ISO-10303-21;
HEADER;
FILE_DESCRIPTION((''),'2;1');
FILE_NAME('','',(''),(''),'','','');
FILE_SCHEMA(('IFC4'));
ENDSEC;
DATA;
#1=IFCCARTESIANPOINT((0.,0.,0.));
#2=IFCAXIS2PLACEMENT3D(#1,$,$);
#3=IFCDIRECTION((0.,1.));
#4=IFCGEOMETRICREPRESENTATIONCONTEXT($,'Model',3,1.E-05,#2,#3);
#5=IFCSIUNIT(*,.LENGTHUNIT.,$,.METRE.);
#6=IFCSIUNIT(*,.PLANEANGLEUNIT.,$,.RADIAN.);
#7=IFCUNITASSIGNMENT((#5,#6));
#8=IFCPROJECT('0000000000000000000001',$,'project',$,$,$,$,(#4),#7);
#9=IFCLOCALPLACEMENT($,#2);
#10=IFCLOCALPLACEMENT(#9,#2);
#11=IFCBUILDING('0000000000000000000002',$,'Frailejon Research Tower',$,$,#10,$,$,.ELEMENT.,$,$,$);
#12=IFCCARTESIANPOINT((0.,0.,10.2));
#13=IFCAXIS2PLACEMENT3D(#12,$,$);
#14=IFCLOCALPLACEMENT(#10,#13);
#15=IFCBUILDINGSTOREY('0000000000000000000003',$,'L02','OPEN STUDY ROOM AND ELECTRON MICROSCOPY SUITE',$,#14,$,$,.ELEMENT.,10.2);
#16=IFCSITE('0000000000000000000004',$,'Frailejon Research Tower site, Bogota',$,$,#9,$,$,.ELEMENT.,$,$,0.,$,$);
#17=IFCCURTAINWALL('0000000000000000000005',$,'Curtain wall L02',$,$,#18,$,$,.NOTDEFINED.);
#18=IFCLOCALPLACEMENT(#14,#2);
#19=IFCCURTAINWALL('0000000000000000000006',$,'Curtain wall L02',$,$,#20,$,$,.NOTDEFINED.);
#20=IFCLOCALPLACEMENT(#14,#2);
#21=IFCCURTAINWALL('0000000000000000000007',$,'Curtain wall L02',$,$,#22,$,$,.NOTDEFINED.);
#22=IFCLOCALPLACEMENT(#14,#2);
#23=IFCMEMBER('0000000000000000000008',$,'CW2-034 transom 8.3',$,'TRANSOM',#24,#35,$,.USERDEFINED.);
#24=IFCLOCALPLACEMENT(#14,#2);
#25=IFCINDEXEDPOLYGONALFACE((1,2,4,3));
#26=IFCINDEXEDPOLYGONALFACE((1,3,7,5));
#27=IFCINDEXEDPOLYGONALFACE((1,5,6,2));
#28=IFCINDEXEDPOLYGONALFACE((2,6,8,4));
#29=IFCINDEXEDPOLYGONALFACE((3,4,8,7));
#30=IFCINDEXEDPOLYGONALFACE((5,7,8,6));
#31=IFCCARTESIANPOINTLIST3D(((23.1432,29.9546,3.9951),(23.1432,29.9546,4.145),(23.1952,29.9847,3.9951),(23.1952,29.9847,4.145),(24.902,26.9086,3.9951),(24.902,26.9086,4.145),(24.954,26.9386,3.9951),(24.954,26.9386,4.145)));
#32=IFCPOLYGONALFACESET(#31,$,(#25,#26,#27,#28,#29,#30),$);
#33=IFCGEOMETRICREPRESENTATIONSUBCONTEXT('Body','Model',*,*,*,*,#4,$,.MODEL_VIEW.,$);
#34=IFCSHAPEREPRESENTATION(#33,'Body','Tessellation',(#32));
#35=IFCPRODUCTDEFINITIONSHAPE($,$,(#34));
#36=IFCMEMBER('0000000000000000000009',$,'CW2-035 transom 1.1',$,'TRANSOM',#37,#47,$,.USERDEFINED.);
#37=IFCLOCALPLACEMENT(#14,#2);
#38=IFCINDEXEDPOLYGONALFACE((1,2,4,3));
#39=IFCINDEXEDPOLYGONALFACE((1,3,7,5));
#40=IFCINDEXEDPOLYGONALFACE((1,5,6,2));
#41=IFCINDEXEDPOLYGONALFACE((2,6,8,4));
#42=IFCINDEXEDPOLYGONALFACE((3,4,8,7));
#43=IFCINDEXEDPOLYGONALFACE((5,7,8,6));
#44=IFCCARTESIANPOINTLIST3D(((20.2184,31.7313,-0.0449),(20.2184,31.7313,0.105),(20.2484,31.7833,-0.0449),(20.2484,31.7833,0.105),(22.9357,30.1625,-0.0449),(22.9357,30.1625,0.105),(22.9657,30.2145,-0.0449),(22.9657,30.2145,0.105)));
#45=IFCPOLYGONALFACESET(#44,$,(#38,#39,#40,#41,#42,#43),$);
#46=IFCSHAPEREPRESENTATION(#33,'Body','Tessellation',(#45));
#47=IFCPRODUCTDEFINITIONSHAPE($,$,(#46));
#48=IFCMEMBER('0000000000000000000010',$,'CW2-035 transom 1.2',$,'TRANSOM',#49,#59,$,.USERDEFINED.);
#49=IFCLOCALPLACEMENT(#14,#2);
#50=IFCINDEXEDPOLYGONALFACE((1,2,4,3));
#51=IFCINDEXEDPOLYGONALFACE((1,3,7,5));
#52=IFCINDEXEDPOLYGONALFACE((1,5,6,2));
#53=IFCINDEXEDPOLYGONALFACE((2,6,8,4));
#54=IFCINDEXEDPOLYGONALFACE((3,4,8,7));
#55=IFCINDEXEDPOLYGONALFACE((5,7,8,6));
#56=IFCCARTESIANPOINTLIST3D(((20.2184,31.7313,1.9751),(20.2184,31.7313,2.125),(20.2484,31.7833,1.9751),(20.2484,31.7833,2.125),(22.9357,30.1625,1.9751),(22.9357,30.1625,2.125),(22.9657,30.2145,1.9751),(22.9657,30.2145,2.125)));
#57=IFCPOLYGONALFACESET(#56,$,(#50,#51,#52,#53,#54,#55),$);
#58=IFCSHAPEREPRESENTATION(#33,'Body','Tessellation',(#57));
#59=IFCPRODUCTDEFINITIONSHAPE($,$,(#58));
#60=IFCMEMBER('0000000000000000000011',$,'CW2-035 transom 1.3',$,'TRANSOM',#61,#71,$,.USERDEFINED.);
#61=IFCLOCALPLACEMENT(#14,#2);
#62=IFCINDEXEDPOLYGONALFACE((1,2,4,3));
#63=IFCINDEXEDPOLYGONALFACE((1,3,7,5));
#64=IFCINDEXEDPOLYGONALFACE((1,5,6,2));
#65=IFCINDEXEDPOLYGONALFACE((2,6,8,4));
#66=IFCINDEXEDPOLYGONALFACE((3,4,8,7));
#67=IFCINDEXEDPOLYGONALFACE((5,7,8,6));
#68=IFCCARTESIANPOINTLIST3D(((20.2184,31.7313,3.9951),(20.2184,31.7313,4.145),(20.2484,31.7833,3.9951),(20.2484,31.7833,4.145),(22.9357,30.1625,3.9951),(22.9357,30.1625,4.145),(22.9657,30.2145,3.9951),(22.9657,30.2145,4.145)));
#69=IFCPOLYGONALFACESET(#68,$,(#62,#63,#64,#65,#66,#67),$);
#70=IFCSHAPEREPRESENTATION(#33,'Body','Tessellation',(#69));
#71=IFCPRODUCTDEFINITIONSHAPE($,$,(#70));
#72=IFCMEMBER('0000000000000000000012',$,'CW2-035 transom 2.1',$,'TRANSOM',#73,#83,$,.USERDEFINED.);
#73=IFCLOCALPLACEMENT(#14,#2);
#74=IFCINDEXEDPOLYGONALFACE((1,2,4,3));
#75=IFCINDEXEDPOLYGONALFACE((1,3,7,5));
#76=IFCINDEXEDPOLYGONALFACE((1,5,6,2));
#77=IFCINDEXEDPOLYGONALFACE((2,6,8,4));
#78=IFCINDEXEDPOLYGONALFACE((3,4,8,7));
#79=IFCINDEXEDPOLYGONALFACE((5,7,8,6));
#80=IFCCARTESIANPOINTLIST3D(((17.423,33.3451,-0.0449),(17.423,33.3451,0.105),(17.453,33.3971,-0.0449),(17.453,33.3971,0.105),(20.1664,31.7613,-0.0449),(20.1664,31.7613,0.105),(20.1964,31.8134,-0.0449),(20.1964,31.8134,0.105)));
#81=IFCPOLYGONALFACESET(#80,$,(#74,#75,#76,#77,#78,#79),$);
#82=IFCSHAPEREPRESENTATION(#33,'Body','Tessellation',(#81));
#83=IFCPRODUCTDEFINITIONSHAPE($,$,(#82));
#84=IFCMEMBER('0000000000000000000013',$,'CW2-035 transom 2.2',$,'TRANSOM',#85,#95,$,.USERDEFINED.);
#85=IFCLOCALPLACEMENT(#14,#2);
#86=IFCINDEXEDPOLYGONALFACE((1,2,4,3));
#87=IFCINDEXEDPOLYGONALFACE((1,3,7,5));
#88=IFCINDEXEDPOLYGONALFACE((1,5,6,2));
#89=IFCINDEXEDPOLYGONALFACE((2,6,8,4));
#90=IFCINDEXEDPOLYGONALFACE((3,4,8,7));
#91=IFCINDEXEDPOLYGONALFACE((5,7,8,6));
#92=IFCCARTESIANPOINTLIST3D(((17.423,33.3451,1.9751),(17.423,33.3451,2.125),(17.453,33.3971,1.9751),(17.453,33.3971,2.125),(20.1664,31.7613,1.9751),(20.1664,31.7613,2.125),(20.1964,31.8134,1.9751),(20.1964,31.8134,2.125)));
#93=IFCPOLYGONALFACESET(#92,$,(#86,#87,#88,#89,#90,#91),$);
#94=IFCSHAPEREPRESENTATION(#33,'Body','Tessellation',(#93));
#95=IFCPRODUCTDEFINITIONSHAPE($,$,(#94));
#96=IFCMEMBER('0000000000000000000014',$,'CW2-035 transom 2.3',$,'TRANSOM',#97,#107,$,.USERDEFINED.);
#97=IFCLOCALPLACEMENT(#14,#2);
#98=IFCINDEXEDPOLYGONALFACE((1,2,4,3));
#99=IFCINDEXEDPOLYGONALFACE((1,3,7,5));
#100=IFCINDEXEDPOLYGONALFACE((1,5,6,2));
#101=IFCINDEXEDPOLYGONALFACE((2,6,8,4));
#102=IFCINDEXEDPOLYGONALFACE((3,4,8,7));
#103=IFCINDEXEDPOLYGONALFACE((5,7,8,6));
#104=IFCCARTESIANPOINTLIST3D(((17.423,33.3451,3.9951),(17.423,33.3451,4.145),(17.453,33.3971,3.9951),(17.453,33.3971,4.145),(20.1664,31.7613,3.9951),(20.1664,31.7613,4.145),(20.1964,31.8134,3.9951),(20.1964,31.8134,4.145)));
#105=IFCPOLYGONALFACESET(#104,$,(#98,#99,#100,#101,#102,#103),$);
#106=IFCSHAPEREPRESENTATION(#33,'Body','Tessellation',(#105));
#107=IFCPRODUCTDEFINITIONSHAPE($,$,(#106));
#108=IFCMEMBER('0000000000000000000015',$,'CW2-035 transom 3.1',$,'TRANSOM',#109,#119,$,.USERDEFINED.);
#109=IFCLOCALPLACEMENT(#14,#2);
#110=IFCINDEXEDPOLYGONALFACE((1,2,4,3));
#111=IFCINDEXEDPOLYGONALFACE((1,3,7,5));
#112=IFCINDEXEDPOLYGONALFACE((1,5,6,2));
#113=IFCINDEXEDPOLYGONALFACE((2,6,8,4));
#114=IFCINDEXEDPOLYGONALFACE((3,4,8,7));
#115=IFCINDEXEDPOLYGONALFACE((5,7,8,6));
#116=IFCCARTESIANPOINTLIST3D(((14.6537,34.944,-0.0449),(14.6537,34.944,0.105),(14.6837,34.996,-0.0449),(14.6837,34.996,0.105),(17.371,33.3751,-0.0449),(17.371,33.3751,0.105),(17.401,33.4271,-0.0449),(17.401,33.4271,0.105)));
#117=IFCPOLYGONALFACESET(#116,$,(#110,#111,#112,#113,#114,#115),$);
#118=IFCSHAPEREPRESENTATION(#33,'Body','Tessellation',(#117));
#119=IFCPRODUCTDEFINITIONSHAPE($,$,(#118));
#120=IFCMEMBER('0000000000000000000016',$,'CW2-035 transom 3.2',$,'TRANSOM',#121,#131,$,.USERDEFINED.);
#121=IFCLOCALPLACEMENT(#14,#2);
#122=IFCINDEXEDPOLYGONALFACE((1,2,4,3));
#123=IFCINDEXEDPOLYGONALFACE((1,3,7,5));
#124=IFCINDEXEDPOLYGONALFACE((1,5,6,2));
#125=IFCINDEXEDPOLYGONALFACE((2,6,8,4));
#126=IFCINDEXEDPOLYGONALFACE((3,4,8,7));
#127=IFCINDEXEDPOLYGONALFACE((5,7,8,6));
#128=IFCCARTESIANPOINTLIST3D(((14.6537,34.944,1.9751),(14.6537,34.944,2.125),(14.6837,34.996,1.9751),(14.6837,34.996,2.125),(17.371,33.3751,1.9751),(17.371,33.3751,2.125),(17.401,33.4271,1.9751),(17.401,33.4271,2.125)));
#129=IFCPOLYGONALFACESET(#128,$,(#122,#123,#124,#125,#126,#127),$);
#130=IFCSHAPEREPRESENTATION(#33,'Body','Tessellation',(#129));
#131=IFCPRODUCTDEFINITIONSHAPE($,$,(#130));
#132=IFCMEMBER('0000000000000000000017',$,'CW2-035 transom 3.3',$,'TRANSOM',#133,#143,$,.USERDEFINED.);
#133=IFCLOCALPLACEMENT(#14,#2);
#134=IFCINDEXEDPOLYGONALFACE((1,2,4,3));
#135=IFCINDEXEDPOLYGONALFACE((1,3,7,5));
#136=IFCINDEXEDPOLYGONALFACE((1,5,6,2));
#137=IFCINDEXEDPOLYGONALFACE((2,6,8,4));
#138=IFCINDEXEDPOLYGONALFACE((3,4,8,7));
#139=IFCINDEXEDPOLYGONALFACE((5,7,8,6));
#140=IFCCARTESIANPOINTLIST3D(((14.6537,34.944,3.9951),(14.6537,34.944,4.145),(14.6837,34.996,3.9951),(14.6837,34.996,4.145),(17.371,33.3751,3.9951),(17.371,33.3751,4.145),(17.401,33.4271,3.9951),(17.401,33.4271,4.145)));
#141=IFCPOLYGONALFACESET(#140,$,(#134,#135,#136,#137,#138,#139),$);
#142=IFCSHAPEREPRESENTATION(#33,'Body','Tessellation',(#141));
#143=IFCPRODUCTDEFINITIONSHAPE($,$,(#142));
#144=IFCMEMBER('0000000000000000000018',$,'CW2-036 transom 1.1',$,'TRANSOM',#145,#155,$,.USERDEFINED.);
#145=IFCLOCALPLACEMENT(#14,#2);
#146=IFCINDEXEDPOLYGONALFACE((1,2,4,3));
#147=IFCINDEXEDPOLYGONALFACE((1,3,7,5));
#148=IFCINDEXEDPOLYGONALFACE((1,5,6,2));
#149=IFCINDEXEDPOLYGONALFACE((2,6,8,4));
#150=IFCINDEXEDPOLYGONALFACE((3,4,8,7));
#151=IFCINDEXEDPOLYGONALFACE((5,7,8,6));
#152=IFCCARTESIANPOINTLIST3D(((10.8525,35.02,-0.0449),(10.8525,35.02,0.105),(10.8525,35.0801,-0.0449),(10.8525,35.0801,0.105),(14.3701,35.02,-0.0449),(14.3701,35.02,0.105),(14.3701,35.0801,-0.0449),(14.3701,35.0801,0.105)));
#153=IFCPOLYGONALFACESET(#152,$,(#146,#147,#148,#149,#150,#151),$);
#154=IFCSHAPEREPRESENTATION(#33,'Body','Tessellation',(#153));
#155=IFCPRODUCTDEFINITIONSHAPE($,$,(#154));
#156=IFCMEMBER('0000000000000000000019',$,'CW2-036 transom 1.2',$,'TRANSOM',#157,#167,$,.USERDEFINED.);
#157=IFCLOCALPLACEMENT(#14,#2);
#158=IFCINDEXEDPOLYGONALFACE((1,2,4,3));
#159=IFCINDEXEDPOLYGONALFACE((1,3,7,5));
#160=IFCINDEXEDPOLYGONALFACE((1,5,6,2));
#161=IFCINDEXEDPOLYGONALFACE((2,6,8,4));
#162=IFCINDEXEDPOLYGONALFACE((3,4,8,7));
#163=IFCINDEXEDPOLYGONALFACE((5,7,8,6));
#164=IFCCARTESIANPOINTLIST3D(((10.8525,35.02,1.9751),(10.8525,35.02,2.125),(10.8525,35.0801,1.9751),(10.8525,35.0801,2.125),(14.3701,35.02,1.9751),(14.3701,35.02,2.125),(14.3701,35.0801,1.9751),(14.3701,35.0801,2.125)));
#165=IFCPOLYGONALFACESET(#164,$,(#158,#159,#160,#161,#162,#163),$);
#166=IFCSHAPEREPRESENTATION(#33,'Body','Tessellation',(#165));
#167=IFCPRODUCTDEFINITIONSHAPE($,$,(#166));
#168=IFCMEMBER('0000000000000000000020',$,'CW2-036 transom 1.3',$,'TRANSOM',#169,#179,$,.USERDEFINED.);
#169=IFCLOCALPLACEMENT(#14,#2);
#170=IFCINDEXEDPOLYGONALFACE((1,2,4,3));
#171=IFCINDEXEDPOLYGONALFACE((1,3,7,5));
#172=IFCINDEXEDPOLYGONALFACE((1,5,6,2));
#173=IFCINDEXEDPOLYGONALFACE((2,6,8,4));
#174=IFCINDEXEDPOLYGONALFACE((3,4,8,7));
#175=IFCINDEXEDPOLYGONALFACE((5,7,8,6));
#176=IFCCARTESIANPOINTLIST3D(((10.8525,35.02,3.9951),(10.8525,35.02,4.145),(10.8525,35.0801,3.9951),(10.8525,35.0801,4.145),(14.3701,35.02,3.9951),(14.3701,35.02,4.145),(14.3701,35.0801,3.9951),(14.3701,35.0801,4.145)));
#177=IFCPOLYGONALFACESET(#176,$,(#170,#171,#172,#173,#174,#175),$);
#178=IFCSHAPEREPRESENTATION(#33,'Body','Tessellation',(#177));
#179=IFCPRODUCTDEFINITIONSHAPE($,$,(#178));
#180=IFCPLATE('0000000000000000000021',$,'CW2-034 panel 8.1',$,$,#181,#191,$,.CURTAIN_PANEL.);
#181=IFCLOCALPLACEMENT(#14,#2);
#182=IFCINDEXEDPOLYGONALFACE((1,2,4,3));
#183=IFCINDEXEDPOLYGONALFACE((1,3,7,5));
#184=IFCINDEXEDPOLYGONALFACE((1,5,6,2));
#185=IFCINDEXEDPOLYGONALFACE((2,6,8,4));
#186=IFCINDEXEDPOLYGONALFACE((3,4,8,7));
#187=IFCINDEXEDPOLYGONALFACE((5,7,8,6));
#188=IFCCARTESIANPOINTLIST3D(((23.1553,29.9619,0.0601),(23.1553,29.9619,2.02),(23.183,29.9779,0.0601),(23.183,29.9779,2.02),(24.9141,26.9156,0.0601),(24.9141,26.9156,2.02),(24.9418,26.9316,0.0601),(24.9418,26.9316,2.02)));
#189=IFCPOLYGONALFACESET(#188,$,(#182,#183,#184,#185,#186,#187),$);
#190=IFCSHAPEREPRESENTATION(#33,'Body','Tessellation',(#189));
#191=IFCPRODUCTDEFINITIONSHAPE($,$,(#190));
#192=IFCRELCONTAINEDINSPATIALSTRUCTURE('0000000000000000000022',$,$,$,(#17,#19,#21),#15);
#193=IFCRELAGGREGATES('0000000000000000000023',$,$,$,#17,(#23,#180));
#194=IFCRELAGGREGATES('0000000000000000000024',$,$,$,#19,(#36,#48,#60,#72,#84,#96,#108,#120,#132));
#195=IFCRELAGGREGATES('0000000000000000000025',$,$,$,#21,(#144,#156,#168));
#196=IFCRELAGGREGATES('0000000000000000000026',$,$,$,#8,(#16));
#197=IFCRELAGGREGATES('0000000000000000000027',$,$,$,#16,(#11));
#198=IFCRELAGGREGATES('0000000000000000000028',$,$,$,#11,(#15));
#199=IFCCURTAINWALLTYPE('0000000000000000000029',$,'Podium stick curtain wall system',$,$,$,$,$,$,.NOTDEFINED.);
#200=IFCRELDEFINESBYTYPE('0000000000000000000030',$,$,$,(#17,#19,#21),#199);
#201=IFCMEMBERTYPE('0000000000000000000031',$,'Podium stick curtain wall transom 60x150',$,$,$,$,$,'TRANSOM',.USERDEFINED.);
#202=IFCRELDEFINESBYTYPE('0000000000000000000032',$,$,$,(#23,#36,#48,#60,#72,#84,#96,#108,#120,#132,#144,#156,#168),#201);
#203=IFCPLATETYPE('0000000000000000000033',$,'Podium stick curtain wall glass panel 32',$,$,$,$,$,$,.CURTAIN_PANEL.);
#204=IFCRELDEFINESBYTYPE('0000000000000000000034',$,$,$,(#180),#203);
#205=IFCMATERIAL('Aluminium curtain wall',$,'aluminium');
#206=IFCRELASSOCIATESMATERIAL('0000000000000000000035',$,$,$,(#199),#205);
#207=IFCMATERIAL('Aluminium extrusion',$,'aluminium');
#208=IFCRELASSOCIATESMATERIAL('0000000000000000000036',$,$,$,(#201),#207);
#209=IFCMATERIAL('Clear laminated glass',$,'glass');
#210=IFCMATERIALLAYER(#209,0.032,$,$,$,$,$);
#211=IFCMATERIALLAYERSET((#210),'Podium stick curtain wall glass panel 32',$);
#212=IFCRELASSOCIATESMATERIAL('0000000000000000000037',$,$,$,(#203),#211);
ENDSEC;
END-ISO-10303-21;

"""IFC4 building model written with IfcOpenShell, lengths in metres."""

from ifc_helpers import new_model, si_unit, direction, frame, origin, origin_2d, place, context, subcontext, project, spatial, rectangle, extrude, material, layer, layer_set, material_profile, profile_set, type_object, element, aggregate, save


model = new_model("IFC4")

# Units and contexts
model_context = context("Model", 3, precision=1e-05, world=origin(), true_north=direction((0.0, 1.0)))
body_context = subcontext(model_context, "Body", "Model", "MODEL_VIEW")
ifc_project = project(units=[si_unit("LENGTHUNIT", "METRE"), si_unit("PLANEANGLEUNIT", "RADIAN")], contexts=[model_context])

# Site, building, storey
site_placement = place(None, origin())
site = spatial("IfcSite", under=ifc_project, at=site_placement, Name="Frailejon Research Tower site, Bogota", CompositionType="ELEMENT", RefElevation=0.0)
building_placement = place(site_placement, origin())
building = spatial("IfcBuilding", under=site, at=building_placement, Name="Frailejon Research Tower", CompositionType="ELEMENT")
storey_placement = place(building_placement, frame((0.0, 0.0, 10.2)))
storey = spatial("IfcBuildingStorey", under=building, at=storey_placement, Name="L02", Description="OPEN STUDY ROOM AND ELECTRON MICROSCOPY SUITE", CompositionType="ELEMENT", Elevation=10.2)

# Curtain walls
ifc_material_1 = material(Name="Aluminium curtain wall", Category="aluminium")
curtain_wall_type = type_object("IfcCurtainWallType", Name="Podium stick curtain wall system", PredefinedType="NOTDEFINED", material=ifc_material_1)
curtain_wall_1_placement = place(storey_placement, origin())
curtain_wall_1 = element("IfcCurtainWall", 1, at=curtain_wall_1_placement, inside=storey, type_object=curtain_wall_type, Name="Curtain wall L02", PredefinedType="NOTDEFINED")
curtain_wall_2_placement = place(storey_placement, origin())
curtain_wall_2 = element("IfcCurtainWall", 2, at=curtain_wall_2_placement, inside=storey, type_object=curtain_wall_type, Name="Curtain wall L02", PredefinedType="NOTDEFINED")

# Curtain wall
curtain_wall_3_placement = place(storey_placement, origin())
curtain_wall_3 = element("IfcCurtainWall", 3, at=curtain_wall_3_placement, inside=storey, type_object=curtain_wall_type, Name="Curtain wall L02", PredefinedType="NOTDEFINED")

# Members
ifc_material_2 = material(Name="Aluminium extrusion", Category="aluminium")
ifc_material_profile_1 = material_profile(ifc_material_2, rectangle(XDim=0.0601, YDim=0.1499, at=origin_2d()), Name="Podium stick curtain wall transom 60x150")
ifc_profile_set_1 = profile_set([ifc_material_profile_1], Name="Aluminium extrusion")
member_type_1 = type_object("IfcMemberType", Name="Podium stick curtain wall transom 60x150", ElementType="TRANSOM", PredefinedType="USERDEFINED", material=ifc_profile_set_1)
member_1_placement = place(storey_placement, frame((24.928, 26.9236, 4.0701), z_axis=(-0.500021, 0.866013, 0.0), x_axis=(-0.866013, -0.500021, 0.0)))
member_1 = element("IfcMember", 4, at=member_1_placement, type_object=member_type_1, Name="CW2-034 transom 8.3", ObjectType="TRANSOM", PredefinedType="USERDEFINED", context=body_context, shape_type="SweptSolid", body=[
    extrude(rectangle(XDim=0.0601, YDim=0.1499, at=origin_2d()), origin(), (0.0, 0.0, 1.0), 3.5173),
])
member_2_placement = place(storey_placement, frame((22.9507, 30.1885, 0.03), z_axis=(-0.866022, 0.500005, 0.0), x_axis=(-0.500005, -0.866022, 0.0)))
member_2 = element("IfcMember", 5, at=member_2_placement, type_object=member_type_1, Name="CW2-035 transom 1.1", ObjectType="TRANSOM", PredefinedType="USERDEFINED", context=body_context, shape_type="SweptSolid", body=[
    extrude(rectangle(XDim=0.0601, YDim=0.1499, at=origin_2d()), origin(), (0.0, 0.0, 1.0), 3.1377),
])
member_3_placement = place(storey_placement, frame((22.9507, 30.1885, 2.05), z_axis=(-0.866022, 0.500005, 0.0), x_axis=(-0.500005, -0.866022, 0.0)))
member_3 = element("IfcMember", 6, at=member_3_placement, type_object=member_type_1, Name="CW2-035 transom 1.2", ObjectType="TRANSOM", PredefinedType="USERDEFINED", context=body_context, shape_type="SweptSolid", body=[
    extrude(rectangle(XDim=0.0601, YDim=0.1499, at=origin_2d()), origin(), (0.0, 0.0, 1.0), 3.1377),
])
member_4_placement = place(storey_placement, frame((22.9507, 30.1885, 4.0701), z_axis=(-0.866022, 0.500005, 0.0), x_axis=(-0.500005, -0.866022, 0.0)))
member_4 = element("IfcMember", 7, at=member_4_placement, type_object=member_type_1, Name="CW2-035 transom 1.3", ObjectType="TRANSOM", PredefinedType="USERDEFINED", context=body_context, shape_type="SweptSolid", body=[
    extrude(rectangle(XDim=0.0601, YDim=0.1499, at=origin_2d()), origin(), (0.0, 0.0, 1.0), 3.1377),
])
member_5_placement = place(storey_placement, frame((20.1814, 31.7874, 0.03), z_axis=(-0.866048, 0.49996, 0.0), x_axis=(-0.49996, -0.866048, 0.0)))
member_5 = element("IfcMember", 8, at=member_5_placement, type_object=member_type_1, Name="CW2-035 transom 2.1", ObjectType="TRANSOM", PredefinedType="USERDEFINED", context=body_context, shape_type="SweptSolid", body=[
    extrude(rectangle(XDim=0.0601, YDim=0.1499, at=origin_2d()), origin(), (0.0, 0.0, 1.0), 3.1677),
])
member_6_placement = place(storey_placement, frame((20.1814, 31.7874, 2.05), z_axis=(-0.866048, 0.49996, 0.0), x_axis=(-0.49996, -0.866048, 0.0)))
member_6 = element("IfcMember", 9, at=member_6_placement, type_object=member_type_1, Name="CW2-035 transom 2.2", ObjectType="TRANSOM", PredefinedType="USERDEFINED", context=body_context, shape_type="SweptSolid", body=[
    extrude(rectangle(XDim=0.0601, YDim=0.1499, at=origin_2d()), origin(), (0.0, 0.0, 1.0), 3.1677),
])
member_7_placement = place(storey_placement, frame((20.1814, 31.7874, 4.0701), z_axis=(-0.866048, 0.49996, 0.0), x_axis=(-0.49996, -0.866048, 0.0)))
member_7 = element("IfcMember", 10, at=member_7_placement, type_object=member_type_1, Name="CW2-035 transom 2.3", ObjectType="TRANSOM", PredefinedType="USERDEFINED", context=body_context, shape_type="SweptSolid", body=[
    extrude(rectangle(XDim=0.0601, YDim=0.1499, at=origin_2d()), origin(), (0.0, 0.0, 1.0), 3.1677),
])
member_8_placement = place(storey_placement, frame((17.386, 33.4011, 0.03), z_axis=(-0.866022, 0.500005, 0.0), x_axis=(-0.500005, -0.866022, 0.0)))
member_8 = element("IfcMember", 11, at=member_8_placement, type_object=member_type_1, Name="CW2-035 transom 3.1", ObjectType="TRANSOM", PredefinedType="USERDEFINED", context=body_context, shape_type="SweptSolid", body=[
    extrude(rectangle(XDim=0.0601, YDim=0.1499, at=origin_2d()), origin(), (0.0, 0.0, 1.0), 3.1377),
])
member_9_placement = place(storey_placement, frame((17.386, 33.4011, 2.05), z_axis=(-0.866022, 0.500005, 0.0), x_axis=(-0.500005, -0.866022, 0.0)))
member_9 = element("IfcMember", 12, at=member_9_placement, type_object=member_type_1, Name="CW2-035 transom 3.2", ObjectType="TRANSOM", PredefinedType="USERDEFINED", context=body_context, shape_type="SweptSolid", body=[
    extrude(rectangle(XDim=0.0601, YDim=0.1499, at=origin_2d()), origin(), (0.0, 0.0, 1.0), 3.1377),
])
member_10_placement = place(storey_placement, frame((17.386, 33.4011, 4.0701), z_axis=(-0.866022, 0.500005, 0.0), x_axis=(-0.500005, -0.866022, 0.0)))
member_10 = element("IfcMember", 13, at=member_10_placement, type_object=member_type_1, Name="CW2-035 transom 3.3", ObjectType="TRANSOM", PredefinedType="USERDEFINED", context=body_context, shape_type="SweptSolid", body=[
    extrude(rectangle(XDim=0.0601, YDim=0.1499, at=origin_2d()), origin(), (0.0, 0.0, 1.0), 3.1377),
])
member_11_placement = place(storey_placement, frame((14.3701, 35.05, 0.03), z_axis=(-1.0, 0.0, 0.0), x_axis=(0.0, -1.0, 0.0)))
member_11 = element("IfcMember", 14, at=member_11_placement, type_object=member_type_1, Name="CW2-036 transom 1.1", ObjectType="TRANSOM", PredefinedType="USERDEFINED", context=body_context, shape_type="SweptSolid", body=[
    extrude(rectangle(XDim=0.0601, YDim=0.1499, at=origin_2d()), origin(), (0.0, 0.0, 1.0), 3.5176),
])
member_12_placement = place(storey_placement, frame((14.3701, 35.05, 2.05), z_axis=(-1.0, 0.0, 0.0), x_axis=(0.0, -1.0, 0.0)))
member_12 = element("IfcMember", 15, at=member_12_placement, type_object=member_type_1, Name="CW2-036 transom 1.2", ObjectType="TRANSOM", PredefinedType="USERDEFINED", context=body_context, shape_type="SweptSolid", body=[
    extrude(rectangle(XDim=0.0601, YDim=0.1499, at=origin_2d()), origin(), (0.0, 0.0, 1.0), 3.5176),
])
member_13_placement = place(storey_placement, frame((14.3701, 35.05, 4.0701), z_axis=(-1.0, 0.0, 0.0), x_axis=(0.0, -1.0, 0.0)))
member_13 = element("IfcMember", 16, at=member_13_placement, type_object=member_type_1, Name="CW2-036 transom 1.3", ObjectType="TRANSOM", PredefinedType="USERDEFINED", context=body_context, shape_type="SweptSolid", body=[
    extrude(rectangle(XDim=0.0601, YDim=0.1499, at=origin_2d()), origin(), (0.0, 0.0, 1.0), 3.5176),
])

# Plate
ifc_material_3 = material(Name="Clear laminated glass", Category="glass")
ifc_layer_1 = layer(ifc_material_3, 0.032)
ifc_layer_set_1 = layer_set([ifc_layer_1], Name="Podium stick curtain wall glass panel 32")
plate_type = type_object("IfcPlateType", Name="Podium stick curtain wall glass panel 32", PredefinedType="CURTAIN_PANEL", material=ifc_layer_set_1)
plate_1_placement = place(storey_placement, frame((24.0486, 28.4468, 0.0601), z_axis=(0.0, 0.0, 1.0), x_axis=(-0.499998, 0.866026, 0.0)))
plate_1 = element("IfcPlate", 17, at=plate_1_placement, type_object=plate_type, Name="CW2-034 panel 8.1", PredefinedType="CURTAIN_PANEL", context=body_context, shape_type="SweptSolid", body=[
    extrude(rectangle(XDim=3.5176, YDim=0.032, at=origin_2d()), origin(), (0.0, 0.0, 1.0), 1.96),
])
aggregate(curtain_wall_1, [member_1, plate_1])
aggregate(curtain_wall_2, [member_2, member_3, member_4, member_5, member_6, member_7, member_8, member_9, member_10])
aggregate(curtain_wall_3, [member_11, member_12, member_13])

save(model, "model.ifc")
